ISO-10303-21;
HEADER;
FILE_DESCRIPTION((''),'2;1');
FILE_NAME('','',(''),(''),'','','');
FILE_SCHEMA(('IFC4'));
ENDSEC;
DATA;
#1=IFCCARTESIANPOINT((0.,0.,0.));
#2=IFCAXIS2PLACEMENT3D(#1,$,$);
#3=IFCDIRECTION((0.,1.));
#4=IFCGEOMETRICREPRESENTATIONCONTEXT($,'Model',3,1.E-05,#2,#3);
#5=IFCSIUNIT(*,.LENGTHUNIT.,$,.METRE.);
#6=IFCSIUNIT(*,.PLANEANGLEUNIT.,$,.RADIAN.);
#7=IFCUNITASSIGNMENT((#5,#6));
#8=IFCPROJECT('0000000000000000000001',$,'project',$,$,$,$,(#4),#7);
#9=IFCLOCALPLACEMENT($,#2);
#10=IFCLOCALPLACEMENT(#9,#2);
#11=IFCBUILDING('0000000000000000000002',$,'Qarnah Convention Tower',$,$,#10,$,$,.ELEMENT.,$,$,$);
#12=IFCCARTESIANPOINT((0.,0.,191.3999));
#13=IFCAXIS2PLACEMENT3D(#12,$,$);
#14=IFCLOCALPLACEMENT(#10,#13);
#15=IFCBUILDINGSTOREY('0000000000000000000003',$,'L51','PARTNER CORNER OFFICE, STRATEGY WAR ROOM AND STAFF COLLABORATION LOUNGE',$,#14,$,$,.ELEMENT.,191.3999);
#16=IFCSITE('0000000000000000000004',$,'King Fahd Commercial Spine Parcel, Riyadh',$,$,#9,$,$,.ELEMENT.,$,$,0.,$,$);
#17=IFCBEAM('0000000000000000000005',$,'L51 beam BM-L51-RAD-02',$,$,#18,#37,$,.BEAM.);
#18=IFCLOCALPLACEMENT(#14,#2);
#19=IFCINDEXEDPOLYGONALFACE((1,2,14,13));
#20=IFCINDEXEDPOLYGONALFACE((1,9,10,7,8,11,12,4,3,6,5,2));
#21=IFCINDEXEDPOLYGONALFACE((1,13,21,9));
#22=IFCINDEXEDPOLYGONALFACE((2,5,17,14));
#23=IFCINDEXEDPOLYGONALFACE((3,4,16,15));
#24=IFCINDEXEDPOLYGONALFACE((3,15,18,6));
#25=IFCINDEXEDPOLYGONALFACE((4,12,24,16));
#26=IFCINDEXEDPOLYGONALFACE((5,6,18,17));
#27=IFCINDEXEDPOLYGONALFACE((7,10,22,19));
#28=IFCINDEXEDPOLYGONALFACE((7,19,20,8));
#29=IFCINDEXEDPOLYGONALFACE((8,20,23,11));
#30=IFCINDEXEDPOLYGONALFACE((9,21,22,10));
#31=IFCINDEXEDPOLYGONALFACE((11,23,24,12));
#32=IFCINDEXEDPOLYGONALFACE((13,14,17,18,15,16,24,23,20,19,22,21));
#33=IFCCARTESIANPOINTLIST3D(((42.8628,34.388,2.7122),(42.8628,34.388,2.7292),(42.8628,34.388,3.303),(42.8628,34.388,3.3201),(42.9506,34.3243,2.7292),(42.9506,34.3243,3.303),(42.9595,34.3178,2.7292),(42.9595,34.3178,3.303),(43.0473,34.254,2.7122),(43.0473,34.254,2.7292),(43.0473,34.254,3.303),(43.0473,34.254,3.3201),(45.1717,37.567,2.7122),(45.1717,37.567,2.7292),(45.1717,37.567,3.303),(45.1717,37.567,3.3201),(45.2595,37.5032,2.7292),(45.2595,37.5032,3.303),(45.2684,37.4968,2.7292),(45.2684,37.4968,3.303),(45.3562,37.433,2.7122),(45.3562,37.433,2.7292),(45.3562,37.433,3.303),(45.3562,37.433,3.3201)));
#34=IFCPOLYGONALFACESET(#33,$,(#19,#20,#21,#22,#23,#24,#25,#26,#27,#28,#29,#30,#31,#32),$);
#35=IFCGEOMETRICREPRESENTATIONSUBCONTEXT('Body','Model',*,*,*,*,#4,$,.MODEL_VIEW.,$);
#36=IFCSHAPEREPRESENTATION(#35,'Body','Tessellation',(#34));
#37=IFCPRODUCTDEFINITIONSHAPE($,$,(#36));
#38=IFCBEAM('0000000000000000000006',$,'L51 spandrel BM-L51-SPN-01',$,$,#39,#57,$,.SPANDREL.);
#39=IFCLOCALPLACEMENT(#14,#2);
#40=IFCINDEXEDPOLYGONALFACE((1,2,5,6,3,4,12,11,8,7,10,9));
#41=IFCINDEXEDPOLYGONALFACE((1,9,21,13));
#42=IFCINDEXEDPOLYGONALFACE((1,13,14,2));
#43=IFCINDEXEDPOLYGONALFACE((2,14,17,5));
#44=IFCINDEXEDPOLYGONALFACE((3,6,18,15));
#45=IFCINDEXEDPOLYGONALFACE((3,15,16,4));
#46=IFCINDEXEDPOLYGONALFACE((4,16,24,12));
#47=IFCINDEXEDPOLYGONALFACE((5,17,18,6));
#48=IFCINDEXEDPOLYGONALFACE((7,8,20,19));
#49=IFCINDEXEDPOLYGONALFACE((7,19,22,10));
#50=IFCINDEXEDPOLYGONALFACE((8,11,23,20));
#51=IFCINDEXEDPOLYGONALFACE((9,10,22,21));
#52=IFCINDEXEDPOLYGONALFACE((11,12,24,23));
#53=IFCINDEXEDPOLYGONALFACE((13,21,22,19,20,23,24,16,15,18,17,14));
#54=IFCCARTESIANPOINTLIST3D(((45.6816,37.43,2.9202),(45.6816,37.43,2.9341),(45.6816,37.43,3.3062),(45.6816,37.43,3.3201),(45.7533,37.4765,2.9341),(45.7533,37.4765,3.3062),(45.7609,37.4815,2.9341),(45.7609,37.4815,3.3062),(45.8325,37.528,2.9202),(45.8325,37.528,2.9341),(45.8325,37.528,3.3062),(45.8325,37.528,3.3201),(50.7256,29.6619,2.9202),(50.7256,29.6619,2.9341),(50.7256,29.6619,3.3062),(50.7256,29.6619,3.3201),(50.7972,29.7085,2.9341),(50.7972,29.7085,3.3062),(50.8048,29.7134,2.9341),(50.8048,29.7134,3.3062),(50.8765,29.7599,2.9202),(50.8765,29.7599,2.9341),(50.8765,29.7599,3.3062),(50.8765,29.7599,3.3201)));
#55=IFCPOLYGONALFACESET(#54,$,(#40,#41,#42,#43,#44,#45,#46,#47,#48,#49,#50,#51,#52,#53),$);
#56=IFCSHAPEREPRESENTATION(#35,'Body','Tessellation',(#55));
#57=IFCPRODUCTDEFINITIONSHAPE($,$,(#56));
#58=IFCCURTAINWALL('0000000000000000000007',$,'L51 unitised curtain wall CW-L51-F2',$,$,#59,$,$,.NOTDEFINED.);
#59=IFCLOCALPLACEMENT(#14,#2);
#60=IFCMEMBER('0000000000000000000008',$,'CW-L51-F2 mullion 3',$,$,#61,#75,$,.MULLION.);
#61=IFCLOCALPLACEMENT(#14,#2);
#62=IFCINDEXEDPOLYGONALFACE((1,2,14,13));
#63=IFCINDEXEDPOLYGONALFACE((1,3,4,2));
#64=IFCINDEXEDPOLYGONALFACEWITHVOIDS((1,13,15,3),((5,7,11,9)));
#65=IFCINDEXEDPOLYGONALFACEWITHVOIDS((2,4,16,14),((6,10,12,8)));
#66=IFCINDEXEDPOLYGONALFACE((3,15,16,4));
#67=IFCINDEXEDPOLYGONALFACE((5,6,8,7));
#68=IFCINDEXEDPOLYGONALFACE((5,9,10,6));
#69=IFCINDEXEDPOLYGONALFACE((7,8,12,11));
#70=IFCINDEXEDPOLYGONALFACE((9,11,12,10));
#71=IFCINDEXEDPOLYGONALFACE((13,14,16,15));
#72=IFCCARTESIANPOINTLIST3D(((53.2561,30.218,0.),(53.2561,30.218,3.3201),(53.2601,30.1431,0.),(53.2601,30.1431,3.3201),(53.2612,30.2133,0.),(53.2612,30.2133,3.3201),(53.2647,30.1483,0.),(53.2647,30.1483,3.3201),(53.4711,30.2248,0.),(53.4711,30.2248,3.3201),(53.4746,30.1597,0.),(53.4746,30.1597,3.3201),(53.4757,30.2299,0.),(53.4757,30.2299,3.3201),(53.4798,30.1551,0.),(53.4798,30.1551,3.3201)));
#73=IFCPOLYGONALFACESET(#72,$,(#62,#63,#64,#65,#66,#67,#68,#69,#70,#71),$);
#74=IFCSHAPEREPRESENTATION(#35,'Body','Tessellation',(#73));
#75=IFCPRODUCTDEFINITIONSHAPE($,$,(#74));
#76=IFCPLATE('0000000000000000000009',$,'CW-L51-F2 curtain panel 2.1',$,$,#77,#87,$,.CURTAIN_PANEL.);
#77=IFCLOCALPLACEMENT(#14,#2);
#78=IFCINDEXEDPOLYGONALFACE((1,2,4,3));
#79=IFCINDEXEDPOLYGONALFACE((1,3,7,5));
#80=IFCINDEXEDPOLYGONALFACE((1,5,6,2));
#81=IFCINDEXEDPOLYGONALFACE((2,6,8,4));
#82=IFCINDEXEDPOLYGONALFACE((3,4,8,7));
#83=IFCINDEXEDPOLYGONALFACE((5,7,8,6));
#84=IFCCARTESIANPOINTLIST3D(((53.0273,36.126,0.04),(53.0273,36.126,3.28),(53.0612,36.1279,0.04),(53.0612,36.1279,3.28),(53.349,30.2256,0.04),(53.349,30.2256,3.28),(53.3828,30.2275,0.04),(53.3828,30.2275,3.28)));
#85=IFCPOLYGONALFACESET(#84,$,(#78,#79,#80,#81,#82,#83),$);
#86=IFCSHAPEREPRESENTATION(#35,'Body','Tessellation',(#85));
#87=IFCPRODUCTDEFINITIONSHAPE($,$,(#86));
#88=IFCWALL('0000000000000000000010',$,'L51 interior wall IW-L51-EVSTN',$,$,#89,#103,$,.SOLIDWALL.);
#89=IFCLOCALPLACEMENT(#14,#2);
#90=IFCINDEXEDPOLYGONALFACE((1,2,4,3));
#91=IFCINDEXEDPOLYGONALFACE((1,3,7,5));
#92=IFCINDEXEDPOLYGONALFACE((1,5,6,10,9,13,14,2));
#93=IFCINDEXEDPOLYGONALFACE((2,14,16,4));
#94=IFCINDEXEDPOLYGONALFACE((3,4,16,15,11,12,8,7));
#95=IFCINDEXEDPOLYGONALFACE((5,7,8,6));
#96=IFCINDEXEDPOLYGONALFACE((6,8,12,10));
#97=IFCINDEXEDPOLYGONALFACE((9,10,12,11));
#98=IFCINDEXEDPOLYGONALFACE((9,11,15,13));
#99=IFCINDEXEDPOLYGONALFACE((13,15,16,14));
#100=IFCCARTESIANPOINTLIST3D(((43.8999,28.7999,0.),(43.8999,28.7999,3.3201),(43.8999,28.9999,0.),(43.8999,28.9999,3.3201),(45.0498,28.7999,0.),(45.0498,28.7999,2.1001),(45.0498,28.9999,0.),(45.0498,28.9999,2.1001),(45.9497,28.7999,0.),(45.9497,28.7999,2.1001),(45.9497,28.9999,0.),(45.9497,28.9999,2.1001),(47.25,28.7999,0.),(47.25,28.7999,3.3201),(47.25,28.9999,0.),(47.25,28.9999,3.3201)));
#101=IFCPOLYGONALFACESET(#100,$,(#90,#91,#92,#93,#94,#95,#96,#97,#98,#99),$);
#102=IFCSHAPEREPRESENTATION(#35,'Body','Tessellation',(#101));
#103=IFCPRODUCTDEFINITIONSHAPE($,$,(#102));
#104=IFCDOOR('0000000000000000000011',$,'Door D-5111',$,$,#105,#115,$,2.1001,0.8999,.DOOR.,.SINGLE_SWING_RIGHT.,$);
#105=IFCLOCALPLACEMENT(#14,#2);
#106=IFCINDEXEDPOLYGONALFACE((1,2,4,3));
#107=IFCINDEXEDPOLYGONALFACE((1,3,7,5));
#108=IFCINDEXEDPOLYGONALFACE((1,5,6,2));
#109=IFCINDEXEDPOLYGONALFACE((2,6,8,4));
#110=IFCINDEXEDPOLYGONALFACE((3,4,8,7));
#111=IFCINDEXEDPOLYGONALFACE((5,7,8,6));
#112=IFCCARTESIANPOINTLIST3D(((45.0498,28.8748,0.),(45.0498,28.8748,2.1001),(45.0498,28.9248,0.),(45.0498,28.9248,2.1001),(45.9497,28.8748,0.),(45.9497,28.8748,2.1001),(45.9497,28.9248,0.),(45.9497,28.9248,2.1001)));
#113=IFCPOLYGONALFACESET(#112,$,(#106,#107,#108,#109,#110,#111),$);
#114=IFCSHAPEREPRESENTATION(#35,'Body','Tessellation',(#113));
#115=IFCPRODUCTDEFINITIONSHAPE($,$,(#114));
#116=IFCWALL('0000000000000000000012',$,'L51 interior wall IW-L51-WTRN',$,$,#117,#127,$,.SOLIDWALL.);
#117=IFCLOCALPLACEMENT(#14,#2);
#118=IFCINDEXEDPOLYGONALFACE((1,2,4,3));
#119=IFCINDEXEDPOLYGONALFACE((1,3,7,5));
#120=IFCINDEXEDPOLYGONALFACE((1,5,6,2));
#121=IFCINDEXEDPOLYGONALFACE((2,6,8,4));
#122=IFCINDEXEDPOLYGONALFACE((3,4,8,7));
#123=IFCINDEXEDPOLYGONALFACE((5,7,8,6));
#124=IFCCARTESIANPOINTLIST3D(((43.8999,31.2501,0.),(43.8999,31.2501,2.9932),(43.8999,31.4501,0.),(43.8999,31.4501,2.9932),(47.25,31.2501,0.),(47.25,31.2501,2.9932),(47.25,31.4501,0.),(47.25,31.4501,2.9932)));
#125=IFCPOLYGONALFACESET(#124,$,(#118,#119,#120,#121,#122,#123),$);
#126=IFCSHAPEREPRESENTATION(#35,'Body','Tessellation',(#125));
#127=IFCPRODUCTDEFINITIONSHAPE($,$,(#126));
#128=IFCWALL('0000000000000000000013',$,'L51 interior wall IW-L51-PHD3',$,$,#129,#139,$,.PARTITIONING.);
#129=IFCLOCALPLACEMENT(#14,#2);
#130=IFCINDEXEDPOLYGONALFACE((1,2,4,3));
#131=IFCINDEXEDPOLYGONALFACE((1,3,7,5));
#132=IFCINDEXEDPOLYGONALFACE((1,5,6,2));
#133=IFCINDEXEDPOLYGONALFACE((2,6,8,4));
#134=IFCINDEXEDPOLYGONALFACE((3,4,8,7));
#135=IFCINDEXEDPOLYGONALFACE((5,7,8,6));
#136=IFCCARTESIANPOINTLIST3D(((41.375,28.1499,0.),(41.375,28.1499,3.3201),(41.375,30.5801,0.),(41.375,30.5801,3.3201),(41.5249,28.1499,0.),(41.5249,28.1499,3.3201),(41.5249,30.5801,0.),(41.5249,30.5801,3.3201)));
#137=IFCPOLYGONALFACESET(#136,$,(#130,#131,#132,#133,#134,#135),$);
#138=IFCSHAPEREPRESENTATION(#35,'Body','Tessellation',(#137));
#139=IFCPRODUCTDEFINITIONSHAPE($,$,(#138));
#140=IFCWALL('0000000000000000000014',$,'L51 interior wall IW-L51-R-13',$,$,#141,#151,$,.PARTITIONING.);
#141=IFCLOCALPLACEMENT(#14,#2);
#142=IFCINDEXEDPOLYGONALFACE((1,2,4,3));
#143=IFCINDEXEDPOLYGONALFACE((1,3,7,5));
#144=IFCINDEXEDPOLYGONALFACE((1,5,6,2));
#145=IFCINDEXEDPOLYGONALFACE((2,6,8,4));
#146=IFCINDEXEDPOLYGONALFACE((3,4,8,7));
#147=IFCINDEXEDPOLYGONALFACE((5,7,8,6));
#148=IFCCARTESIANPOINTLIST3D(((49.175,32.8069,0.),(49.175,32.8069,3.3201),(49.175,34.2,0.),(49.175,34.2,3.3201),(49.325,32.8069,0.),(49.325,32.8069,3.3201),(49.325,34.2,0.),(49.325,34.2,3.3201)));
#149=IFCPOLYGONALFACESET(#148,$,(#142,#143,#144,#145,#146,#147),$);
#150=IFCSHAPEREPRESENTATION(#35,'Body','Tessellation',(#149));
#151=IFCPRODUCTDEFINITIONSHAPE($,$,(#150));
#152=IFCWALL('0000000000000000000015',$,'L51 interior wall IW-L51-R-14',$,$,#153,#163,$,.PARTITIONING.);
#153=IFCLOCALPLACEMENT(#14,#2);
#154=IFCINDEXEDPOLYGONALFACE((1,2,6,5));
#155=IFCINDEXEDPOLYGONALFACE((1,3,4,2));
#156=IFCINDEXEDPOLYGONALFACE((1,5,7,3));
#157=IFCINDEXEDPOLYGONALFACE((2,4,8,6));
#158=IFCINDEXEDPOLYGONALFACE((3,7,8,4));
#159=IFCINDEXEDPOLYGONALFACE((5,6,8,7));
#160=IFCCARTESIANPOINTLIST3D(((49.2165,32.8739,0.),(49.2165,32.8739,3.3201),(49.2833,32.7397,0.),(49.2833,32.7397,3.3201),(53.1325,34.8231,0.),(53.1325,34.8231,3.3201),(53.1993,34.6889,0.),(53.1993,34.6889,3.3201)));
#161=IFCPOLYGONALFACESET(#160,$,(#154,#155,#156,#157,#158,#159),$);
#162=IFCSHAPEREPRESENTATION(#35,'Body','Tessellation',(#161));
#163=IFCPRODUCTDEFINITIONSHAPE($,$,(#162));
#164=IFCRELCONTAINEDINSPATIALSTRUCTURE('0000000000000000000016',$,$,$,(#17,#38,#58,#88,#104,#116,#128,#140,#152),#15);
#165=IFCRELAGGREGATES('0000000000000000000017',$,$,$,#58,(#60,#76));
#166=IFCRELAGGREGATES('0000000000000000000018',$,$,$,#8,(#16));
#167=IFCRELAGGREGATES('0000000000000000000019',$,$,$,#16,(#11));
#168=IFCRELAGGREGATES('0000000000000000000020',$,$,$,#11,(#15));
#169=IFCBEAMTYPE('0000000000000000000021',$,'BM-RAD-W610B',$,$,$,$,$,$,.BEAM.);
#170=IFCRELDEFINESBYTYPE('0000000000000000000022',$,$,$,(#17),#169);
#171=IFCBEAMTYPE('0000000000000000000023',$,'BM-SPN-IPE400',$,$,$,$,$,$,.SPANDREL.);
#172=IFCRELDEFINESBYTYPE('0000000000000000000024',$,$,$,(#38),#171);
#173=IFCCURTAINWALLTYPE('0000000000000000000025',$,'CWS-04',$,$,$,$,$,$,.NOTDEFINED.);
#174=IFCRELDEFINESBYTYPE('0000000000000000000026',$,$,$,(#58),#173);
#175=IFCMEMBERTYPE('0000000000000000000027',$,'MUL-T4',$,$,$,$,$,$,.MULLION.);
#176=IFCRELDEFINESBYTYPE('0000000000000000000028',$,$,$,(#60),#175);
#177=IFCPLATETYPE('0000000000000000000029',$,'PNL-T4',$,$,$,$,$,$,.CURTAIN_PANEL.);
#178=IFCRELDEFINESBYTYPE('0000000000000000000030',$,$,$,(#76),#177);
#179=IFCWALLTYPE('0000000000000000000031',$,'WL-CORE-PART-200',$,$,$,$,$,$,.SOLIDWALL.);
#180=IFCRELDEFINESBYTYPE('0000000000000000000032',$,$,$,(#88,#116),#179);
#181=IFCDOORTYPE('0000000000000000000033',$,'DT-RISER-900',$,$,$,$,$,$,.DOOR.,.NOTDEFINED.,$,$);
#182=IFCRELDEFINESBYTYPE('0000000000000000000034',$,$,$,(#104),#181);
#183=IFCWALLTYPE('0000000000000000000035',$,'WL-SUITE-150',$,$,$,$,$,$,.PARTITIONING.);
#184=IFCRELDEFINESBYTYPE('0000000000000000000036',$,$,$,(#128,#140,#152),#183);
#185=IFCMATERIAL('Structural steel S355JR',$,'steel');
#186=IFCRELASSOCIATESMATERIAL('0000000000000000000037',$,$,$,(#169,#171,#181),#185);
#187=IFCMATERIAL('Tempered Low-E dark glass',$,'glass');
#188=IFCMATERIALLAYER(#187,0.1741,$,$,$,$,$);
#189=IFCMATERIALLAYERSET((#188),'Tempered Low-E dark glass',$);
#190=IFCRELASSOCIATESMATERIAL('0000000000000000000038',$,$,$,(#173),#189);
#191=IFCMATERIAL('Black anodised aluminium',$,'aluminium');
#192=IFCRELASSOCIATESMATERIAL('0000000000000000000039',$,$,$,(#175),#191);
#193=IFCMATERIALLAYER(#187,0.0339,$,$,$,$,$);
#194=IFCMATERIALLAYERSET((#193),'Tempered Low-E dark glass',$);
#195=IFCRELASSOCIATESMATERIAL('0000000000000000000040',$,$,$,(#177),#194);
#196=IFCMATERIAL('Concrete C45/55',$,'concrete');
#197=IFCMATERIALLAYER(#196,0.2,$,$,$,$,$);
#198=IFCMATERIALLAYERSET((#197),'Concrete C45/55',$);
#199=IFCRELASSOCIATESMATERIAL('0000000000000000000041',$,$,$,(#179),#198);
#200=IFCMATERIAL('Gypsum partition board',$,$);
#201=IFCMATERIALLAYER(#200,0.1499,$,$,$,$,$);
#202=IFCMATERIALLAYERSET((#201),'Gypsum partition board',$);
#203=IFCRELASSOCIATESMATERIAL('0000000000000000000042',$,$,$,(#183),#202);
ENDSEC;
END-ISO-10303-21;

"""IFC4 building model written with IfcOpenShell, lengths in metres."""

from ifc_helpers import new_model, si_unit, direction, frame, frame_2d, origin, origin_2d, place, context, subcontext, project, spatial, rectangle, hollow_rectangle, i_section, extrude, material, layer, layer_set, material_profile, profile_set, type_object, element, fill, aggregate, save


model = new_model("IFC4")

# Units and contexts
model_context = context("Model", 3, precision=1e-05, world=origin(), true_north=direction((0.0, 1.0)))
body_context = subcontext(model_context, "Body", "Model", "MODEL_VIEW")
ifc_project = project(units=[si_unit("LENGTHUNIT", "METRE"), si_unit("PLANEANGLEUNIT", "RADIAN")], contexts=[model_context])

# Site, building, storey
site_placement = place(None, origin())
site = spatial("IfcSite", under=ifc_project, at=site_placement, Name="King Fahd Commercial Spine Parcel, Riyadh", CompositionType="ELEMENT", RefElevation=0.0)
building_placement = place(site_placement, origin())
building = spatial("IfcBuilding", under=site, at=building_placement, Name="Qarnah Convention Tower", CompositionType="ELEMENT")
storey_placement = place(building_placement, frame((0.0, 0.0, 191.3999)))
storey = spatial("IfcBuildingStorey", under=building, at=storey_placement, Name="L51", Description="PARTNER CORNER OFFICE, STRATEGY WAR ROOM AND STAFF COLLABORATION LOUNGE", CompositionType="ELEMENT", Elevation=191.3999)

# Beams
ifc_material_1 = material(Name="Structural steel S355JR", Category="steel")
ifc_material_profile_1 = material_profile(ifc_material_1, i_section(OverallWidth=0.228, OverallDepth=0.6079, WebThickness=0.011, FlangeThickness=0.0171, at=origin_2d()), Name="W610X113")
ifc_profile_set_1 = profile_set([ifc_material_profile_1], Name="Structural steel S355JR")
beam_type_1 = type_object("IfcBeamType", Name="BM-RAD-W610B", PredefinedType="BEAM", material=ifc_profile_set_1)
beam_1_placement = place(storey_placement, frame((42.9551, 34.321, 3.0161), z_axis=(0.587651, 0.809115, 0.0), x_axis=(-0.809115, 0.587651, 0.0)))
element("IfcBeam", 1, at=beam_1_placement, inside=storey, type_object=beam_type_1, Name="L51 beam BM-L51-RAD-02", PredefinedType="BEAM", context=body_context, shape_type="SweptSolid", body=[
    extrude(i_section(OverallWidth=0.228, OverallDepth=0.6079, WebThickness=0.011, FlangeThickness=0.0171, at=origin_2d()), origin(), (0.0, 0.0, 1.0), 3.929),
])
ifc_material_profile_2 = material_profile(ifc_material_1, i_section(OverallWidth=0.1799, OverallDepth=0.3999, WebThickness=0.009, FlangeThickness=0.0139, at=origin_2d()), Name="IPE400")
ifc_profile_set_2 = profile_set([ifc_material_profile_2], Name="Structural steel S355JR")
beam_type_2 = type_object("IfcBeamType", Name="BM-SPN-IPE400", PredefinedType="SPANDREL", material=ifc_profile_set_2)
beam_2_placement = place(storey_placement, frame((50.801, 29.7109, 3.1201), z_axis=(-0.544586, 0.838705, 0.0), x_axis=(-0.838705, -0.544586, 0.0)))
element("IfcBeam", 2, at=beam_2_placement, inside=storey, type_object=beam_type_2, Name="L51 spandrel BM-L51-SPN-01", PredefinedType="SPANDREL", context=body_context, shape_type="SweptSolid", body=[
    extrude(i_section(OverallWidth=0.1799, OverallDepth=0.3999, WebThickness=0.009, FlangeThickness=0.0139, at=origin_2d()), origin(), (0.0, 0.0, 1.0), 9.262),
])

# Curtain wall, member, plate
ifc_material_2 = material(Name="Tempered Low-E dark glass", Category="glass")
ifc_layer_1 = layer(ifc_material_2, 0.1741)
ifc_layer_set_1 = layer_set([ifc_layer_1], Name="Tempered Low-E dark glass")
curtain_wall_type = type_object("IfcCurtainWallType", Name="CWS-04", PredefinedType="NOTDEFINED", material=ifc_layer_set_1)
curtain_wall_placement = place(storey_placement, origin())
curtain_wall = element("IfcCurtainWall", 3, at=curtain_wall_placement, inside=storey, type_object=curtain_wall_type, Name="L51 unitised curtain wall CW-L51-F2", PredefinedType="NOTDEFINED")
ifc_material_3 = material(Name="Black anodised aluminium", Category="aluminium")
ifc_material_profile_3 = material_profile(ifc_material_3, hollow_rectangle(XDim=0.075, YDim=0.22, WallThickness=0.0049, at=origin_2d()), Name="MUL-75X220")
ifc_profile_set_3 = profile_set([ifc_material_profile_3], Name="Black anodised aluminium")
member_type = type_object("IfcMemberType", Name="MUL-T4", PredefinedType="MULLION", material=ifc_profile_set_3)
member_placement = place(storey_placement, frame((53.3679, 30.1865, 0.0), z_axis=(0.0, 0.0, 1.0), x_axis=(0.054432, -0.998517, 0.0)))
member = element("IfcMember", 4, at=member_placement, type_object=member_type, Name="CW-L51-F2 mullion 3", PredefinedType="MULLION", context=body_context, shape_type="SweptSolid", body=[
    extrude(hollow_rectangle(XDim=0.075, YDim=0.22, WallThickness=0.0049, at=origin_2d()), origin(), (0.0, 0.0, 1.0), 3.3201),
])
ifc_layer_2 = layer(ifc_material_2, 0.0339)
ifc_layer_set_2 = layer_set([ifc_layer_2], Name="Tempered Low-E dark glass")
plate_type = type_object("IfcPlateType", Name="PNL-T4", PredefinedType="CURTAIN_PANEL", material=ifc_layer_set_2)
plate_placement = place(storey_placement, frame((53.2051, 33.1768, 0.04), z_axis=(0.0, 0.0, 1.0), x_axis=(0.054432, -0.998517, 0.0)))
plate = element("IfcPlate", 5, at=plate_placement, type_object=plate_type, Name="CW-L51-F2 curtain panel 2.1", PredefinedType="CURTAIN_PANEL", context=body_context, shape_type="SweptSolid", body=[
    extrude(rectangle(XDim=5.9092, YDim=0.0339, at=origin_2d()), origin(), (0.0, 0.0, 1.0), 3.24),
])
aggregate(curtain_wall, [member, plate])

# Wall, opening, door
ifc_material_4 = material(Name="Concrete C45/55", Category="concrete")
ifc_layer_3 = layer(ifc_material_4, 0.2)
ifc_layer_set_3 = layer_set([ifc_layer_3], Name="Concrete C45/55")
wall_type_1 = type_object("IfcWallType", Name="WL-CORE-PART-200", PredefinedType="SOLIDWALL", material=ifc_layer_set_3)
wall_1_placement = place(storey_placement, frame((43.8999, 28.8999, 0.0), z_axis=(0.0, 0.0, 1.0), x_axis=(1.0, 0.0, 0.0)))
wall_1 = element("IfcWall", 6, at=wall_1_placement, inside=storey, type_object=wall_type_1, Name="L51 interior wall IW-L51-EVSTN", PredefinedType="SOLIDWALL", context=body_context, shape_type="SweptSolid", body=[
    extrude(rectangle(XDim=3.3501, YDim=0.2, at=frame_2d((1.675, 0.0))), origin(), (0.0, 0.0, 1.0), 3.3201),
])
opening_1_placement = place(wall_1_placement, frame((1.1499, 0.0, 0.0)))
opening_1 = element("IfcOpeningElement", 7, at=opening_1_placement, cuts=wall_1, PredefinedType="OPENING", context=body_context, shape_type="SweptSolid", body=[
    extrude(rectangle(XDim=0.8999, YDim=2.1001, at=frame_2d((0.45, 1.05))), frame((0.0, 0.1099, 0.0), z_axis=(0.0, -1.0, 0.0), x_axis=(1.0, 0.0, 0.0)), (0.0, 0.0, 1.0), 0.22),
])
door_type_1 = type_object("IfcDoorType", Name="DT-RISER-900", OperationType="NOTDEFINED", PredefinedType="DOOR", material=ifc_material_1)
door_1_placement = place(opening_1_placement, origin())
door_1 = element("IfcDoor", 8, at=door_1_placement, inside=storey, type_object=door_type_1, Name="Door D-5111", OperationType="SINGLE_SWING_RIGHT", OverallHeight=2.1001, OverallWidth=0.8999, PredefinedType="DOOR", context=body_context, shape_type="SweptSolid", body=[
    extrude(rectangle(XDim=0.8999, YDim=2.1001, at=frame_2d((0.45, 1.05))), frame((0.0, 0.0249, 0.0), z_axis=(0.0, -1.0, 0.0), x_axis=(1.0, 0.0, 0.0)), (0.0, 0.0, 1.0), 0.05),
])
fill(opening_1, door_1)

# Walls
wall_2_placement = place(storey_placement, frame((43.8999, 31.3501, 0.0), z_axis=(0.0, 0.0, 1.0), x_axis=(1.0, 0.0, 0.0)))
element("IfcWall", 9, at=wall_2_placement, inside=storey, type_object=wall_type_1, Name="L51 interior wall IW-L51-WTRN", PredefinedType="SOLIDWALL", context=body_context, shape_type="SweptSolid", body=[
    extrude(rectangle(XDim=3.3501, YDim=0.2, at=frame_2d((1.675, 0.0))), origin(), (0.0, 0.0, 1.0), 2.9932),
])
ifc_material_5 = material(Name="Gypsum partition board")
ifc_layer_4 = layer(ifc_material_5, 0.1499)
ifc_layer_set_4 = layer_set([ifc_layer_4], Name="Gypsum partition board")
wall_type_2 = type_object("IfcWallType", Name="WL-SUITE-150", PredefinedType="PARTITIONING", material=ifc_layer_set_4)
wall_3_placement = place(storey_placement, frame((41.45, 28.1499, 0.0), z_axis=(0.0, 0.0, 1.0), x_axis=(0.0, 1.0, 0.0)))
element("IfcWall", 10, at=wall_3_placement, inside=storey, type_object=wall_type_2, Name="L51 interior wall IW-L51-PHD3", PredefinedType="PARTITIONING", context=body_context, shape_type="SweptSolid", body=[
    extrude(rectangle(XDim=2.4302, YDim=0.1499, at=frame_2d((1.2151, 0.0))), origin(), (0.0, 0.0, 1.0), 3.3201),
])
wall_4_placement = place(storey_placement, frame((49.25, 34.2, 0.0), z_axis=(0.0, 0.0, 1.0), x_axis=(0.0, -1.0, 0.0)))
element("IfcWall", 11, at=wall_4_placement, inside=storey, type_object=wall_type_2, Name="L51 interior wall IW-L51-R-13", PredefinedType="PARTITIONING", context=body_context, shape_type="SweptSolid", body=[
    extrude(rectangle(XDim=1.3931, YDim=0.1499, at=frame_2d((0.6965, 0.0))), origin(), (0.0, 0.0, 1.0), 3.3201),
])
wall_5_placement = place(storey_placement, frame((49.25, 32.8069, 0.0), z_axis=(0.0, 0.0, 1.0), x_axis=(0.895229, 0.445605, 0.0)))
element("IfcWall", 12, at=wall_5_placement, inside=storey, type_object=wall_type_2, Name="L51 interior wall IW-L51-R-14", PredefinedType="PARTITIONING", context=body_context, shape_type="SweptSolid", body=[
    extrude(rectangle(XDim=4.3743, YDim=0.1499, at=frame_2d((2.187, 0.0))), origin(), (0.0, 0.0, 1.0), 3.3201),
])

save(model, "model.ifc")
